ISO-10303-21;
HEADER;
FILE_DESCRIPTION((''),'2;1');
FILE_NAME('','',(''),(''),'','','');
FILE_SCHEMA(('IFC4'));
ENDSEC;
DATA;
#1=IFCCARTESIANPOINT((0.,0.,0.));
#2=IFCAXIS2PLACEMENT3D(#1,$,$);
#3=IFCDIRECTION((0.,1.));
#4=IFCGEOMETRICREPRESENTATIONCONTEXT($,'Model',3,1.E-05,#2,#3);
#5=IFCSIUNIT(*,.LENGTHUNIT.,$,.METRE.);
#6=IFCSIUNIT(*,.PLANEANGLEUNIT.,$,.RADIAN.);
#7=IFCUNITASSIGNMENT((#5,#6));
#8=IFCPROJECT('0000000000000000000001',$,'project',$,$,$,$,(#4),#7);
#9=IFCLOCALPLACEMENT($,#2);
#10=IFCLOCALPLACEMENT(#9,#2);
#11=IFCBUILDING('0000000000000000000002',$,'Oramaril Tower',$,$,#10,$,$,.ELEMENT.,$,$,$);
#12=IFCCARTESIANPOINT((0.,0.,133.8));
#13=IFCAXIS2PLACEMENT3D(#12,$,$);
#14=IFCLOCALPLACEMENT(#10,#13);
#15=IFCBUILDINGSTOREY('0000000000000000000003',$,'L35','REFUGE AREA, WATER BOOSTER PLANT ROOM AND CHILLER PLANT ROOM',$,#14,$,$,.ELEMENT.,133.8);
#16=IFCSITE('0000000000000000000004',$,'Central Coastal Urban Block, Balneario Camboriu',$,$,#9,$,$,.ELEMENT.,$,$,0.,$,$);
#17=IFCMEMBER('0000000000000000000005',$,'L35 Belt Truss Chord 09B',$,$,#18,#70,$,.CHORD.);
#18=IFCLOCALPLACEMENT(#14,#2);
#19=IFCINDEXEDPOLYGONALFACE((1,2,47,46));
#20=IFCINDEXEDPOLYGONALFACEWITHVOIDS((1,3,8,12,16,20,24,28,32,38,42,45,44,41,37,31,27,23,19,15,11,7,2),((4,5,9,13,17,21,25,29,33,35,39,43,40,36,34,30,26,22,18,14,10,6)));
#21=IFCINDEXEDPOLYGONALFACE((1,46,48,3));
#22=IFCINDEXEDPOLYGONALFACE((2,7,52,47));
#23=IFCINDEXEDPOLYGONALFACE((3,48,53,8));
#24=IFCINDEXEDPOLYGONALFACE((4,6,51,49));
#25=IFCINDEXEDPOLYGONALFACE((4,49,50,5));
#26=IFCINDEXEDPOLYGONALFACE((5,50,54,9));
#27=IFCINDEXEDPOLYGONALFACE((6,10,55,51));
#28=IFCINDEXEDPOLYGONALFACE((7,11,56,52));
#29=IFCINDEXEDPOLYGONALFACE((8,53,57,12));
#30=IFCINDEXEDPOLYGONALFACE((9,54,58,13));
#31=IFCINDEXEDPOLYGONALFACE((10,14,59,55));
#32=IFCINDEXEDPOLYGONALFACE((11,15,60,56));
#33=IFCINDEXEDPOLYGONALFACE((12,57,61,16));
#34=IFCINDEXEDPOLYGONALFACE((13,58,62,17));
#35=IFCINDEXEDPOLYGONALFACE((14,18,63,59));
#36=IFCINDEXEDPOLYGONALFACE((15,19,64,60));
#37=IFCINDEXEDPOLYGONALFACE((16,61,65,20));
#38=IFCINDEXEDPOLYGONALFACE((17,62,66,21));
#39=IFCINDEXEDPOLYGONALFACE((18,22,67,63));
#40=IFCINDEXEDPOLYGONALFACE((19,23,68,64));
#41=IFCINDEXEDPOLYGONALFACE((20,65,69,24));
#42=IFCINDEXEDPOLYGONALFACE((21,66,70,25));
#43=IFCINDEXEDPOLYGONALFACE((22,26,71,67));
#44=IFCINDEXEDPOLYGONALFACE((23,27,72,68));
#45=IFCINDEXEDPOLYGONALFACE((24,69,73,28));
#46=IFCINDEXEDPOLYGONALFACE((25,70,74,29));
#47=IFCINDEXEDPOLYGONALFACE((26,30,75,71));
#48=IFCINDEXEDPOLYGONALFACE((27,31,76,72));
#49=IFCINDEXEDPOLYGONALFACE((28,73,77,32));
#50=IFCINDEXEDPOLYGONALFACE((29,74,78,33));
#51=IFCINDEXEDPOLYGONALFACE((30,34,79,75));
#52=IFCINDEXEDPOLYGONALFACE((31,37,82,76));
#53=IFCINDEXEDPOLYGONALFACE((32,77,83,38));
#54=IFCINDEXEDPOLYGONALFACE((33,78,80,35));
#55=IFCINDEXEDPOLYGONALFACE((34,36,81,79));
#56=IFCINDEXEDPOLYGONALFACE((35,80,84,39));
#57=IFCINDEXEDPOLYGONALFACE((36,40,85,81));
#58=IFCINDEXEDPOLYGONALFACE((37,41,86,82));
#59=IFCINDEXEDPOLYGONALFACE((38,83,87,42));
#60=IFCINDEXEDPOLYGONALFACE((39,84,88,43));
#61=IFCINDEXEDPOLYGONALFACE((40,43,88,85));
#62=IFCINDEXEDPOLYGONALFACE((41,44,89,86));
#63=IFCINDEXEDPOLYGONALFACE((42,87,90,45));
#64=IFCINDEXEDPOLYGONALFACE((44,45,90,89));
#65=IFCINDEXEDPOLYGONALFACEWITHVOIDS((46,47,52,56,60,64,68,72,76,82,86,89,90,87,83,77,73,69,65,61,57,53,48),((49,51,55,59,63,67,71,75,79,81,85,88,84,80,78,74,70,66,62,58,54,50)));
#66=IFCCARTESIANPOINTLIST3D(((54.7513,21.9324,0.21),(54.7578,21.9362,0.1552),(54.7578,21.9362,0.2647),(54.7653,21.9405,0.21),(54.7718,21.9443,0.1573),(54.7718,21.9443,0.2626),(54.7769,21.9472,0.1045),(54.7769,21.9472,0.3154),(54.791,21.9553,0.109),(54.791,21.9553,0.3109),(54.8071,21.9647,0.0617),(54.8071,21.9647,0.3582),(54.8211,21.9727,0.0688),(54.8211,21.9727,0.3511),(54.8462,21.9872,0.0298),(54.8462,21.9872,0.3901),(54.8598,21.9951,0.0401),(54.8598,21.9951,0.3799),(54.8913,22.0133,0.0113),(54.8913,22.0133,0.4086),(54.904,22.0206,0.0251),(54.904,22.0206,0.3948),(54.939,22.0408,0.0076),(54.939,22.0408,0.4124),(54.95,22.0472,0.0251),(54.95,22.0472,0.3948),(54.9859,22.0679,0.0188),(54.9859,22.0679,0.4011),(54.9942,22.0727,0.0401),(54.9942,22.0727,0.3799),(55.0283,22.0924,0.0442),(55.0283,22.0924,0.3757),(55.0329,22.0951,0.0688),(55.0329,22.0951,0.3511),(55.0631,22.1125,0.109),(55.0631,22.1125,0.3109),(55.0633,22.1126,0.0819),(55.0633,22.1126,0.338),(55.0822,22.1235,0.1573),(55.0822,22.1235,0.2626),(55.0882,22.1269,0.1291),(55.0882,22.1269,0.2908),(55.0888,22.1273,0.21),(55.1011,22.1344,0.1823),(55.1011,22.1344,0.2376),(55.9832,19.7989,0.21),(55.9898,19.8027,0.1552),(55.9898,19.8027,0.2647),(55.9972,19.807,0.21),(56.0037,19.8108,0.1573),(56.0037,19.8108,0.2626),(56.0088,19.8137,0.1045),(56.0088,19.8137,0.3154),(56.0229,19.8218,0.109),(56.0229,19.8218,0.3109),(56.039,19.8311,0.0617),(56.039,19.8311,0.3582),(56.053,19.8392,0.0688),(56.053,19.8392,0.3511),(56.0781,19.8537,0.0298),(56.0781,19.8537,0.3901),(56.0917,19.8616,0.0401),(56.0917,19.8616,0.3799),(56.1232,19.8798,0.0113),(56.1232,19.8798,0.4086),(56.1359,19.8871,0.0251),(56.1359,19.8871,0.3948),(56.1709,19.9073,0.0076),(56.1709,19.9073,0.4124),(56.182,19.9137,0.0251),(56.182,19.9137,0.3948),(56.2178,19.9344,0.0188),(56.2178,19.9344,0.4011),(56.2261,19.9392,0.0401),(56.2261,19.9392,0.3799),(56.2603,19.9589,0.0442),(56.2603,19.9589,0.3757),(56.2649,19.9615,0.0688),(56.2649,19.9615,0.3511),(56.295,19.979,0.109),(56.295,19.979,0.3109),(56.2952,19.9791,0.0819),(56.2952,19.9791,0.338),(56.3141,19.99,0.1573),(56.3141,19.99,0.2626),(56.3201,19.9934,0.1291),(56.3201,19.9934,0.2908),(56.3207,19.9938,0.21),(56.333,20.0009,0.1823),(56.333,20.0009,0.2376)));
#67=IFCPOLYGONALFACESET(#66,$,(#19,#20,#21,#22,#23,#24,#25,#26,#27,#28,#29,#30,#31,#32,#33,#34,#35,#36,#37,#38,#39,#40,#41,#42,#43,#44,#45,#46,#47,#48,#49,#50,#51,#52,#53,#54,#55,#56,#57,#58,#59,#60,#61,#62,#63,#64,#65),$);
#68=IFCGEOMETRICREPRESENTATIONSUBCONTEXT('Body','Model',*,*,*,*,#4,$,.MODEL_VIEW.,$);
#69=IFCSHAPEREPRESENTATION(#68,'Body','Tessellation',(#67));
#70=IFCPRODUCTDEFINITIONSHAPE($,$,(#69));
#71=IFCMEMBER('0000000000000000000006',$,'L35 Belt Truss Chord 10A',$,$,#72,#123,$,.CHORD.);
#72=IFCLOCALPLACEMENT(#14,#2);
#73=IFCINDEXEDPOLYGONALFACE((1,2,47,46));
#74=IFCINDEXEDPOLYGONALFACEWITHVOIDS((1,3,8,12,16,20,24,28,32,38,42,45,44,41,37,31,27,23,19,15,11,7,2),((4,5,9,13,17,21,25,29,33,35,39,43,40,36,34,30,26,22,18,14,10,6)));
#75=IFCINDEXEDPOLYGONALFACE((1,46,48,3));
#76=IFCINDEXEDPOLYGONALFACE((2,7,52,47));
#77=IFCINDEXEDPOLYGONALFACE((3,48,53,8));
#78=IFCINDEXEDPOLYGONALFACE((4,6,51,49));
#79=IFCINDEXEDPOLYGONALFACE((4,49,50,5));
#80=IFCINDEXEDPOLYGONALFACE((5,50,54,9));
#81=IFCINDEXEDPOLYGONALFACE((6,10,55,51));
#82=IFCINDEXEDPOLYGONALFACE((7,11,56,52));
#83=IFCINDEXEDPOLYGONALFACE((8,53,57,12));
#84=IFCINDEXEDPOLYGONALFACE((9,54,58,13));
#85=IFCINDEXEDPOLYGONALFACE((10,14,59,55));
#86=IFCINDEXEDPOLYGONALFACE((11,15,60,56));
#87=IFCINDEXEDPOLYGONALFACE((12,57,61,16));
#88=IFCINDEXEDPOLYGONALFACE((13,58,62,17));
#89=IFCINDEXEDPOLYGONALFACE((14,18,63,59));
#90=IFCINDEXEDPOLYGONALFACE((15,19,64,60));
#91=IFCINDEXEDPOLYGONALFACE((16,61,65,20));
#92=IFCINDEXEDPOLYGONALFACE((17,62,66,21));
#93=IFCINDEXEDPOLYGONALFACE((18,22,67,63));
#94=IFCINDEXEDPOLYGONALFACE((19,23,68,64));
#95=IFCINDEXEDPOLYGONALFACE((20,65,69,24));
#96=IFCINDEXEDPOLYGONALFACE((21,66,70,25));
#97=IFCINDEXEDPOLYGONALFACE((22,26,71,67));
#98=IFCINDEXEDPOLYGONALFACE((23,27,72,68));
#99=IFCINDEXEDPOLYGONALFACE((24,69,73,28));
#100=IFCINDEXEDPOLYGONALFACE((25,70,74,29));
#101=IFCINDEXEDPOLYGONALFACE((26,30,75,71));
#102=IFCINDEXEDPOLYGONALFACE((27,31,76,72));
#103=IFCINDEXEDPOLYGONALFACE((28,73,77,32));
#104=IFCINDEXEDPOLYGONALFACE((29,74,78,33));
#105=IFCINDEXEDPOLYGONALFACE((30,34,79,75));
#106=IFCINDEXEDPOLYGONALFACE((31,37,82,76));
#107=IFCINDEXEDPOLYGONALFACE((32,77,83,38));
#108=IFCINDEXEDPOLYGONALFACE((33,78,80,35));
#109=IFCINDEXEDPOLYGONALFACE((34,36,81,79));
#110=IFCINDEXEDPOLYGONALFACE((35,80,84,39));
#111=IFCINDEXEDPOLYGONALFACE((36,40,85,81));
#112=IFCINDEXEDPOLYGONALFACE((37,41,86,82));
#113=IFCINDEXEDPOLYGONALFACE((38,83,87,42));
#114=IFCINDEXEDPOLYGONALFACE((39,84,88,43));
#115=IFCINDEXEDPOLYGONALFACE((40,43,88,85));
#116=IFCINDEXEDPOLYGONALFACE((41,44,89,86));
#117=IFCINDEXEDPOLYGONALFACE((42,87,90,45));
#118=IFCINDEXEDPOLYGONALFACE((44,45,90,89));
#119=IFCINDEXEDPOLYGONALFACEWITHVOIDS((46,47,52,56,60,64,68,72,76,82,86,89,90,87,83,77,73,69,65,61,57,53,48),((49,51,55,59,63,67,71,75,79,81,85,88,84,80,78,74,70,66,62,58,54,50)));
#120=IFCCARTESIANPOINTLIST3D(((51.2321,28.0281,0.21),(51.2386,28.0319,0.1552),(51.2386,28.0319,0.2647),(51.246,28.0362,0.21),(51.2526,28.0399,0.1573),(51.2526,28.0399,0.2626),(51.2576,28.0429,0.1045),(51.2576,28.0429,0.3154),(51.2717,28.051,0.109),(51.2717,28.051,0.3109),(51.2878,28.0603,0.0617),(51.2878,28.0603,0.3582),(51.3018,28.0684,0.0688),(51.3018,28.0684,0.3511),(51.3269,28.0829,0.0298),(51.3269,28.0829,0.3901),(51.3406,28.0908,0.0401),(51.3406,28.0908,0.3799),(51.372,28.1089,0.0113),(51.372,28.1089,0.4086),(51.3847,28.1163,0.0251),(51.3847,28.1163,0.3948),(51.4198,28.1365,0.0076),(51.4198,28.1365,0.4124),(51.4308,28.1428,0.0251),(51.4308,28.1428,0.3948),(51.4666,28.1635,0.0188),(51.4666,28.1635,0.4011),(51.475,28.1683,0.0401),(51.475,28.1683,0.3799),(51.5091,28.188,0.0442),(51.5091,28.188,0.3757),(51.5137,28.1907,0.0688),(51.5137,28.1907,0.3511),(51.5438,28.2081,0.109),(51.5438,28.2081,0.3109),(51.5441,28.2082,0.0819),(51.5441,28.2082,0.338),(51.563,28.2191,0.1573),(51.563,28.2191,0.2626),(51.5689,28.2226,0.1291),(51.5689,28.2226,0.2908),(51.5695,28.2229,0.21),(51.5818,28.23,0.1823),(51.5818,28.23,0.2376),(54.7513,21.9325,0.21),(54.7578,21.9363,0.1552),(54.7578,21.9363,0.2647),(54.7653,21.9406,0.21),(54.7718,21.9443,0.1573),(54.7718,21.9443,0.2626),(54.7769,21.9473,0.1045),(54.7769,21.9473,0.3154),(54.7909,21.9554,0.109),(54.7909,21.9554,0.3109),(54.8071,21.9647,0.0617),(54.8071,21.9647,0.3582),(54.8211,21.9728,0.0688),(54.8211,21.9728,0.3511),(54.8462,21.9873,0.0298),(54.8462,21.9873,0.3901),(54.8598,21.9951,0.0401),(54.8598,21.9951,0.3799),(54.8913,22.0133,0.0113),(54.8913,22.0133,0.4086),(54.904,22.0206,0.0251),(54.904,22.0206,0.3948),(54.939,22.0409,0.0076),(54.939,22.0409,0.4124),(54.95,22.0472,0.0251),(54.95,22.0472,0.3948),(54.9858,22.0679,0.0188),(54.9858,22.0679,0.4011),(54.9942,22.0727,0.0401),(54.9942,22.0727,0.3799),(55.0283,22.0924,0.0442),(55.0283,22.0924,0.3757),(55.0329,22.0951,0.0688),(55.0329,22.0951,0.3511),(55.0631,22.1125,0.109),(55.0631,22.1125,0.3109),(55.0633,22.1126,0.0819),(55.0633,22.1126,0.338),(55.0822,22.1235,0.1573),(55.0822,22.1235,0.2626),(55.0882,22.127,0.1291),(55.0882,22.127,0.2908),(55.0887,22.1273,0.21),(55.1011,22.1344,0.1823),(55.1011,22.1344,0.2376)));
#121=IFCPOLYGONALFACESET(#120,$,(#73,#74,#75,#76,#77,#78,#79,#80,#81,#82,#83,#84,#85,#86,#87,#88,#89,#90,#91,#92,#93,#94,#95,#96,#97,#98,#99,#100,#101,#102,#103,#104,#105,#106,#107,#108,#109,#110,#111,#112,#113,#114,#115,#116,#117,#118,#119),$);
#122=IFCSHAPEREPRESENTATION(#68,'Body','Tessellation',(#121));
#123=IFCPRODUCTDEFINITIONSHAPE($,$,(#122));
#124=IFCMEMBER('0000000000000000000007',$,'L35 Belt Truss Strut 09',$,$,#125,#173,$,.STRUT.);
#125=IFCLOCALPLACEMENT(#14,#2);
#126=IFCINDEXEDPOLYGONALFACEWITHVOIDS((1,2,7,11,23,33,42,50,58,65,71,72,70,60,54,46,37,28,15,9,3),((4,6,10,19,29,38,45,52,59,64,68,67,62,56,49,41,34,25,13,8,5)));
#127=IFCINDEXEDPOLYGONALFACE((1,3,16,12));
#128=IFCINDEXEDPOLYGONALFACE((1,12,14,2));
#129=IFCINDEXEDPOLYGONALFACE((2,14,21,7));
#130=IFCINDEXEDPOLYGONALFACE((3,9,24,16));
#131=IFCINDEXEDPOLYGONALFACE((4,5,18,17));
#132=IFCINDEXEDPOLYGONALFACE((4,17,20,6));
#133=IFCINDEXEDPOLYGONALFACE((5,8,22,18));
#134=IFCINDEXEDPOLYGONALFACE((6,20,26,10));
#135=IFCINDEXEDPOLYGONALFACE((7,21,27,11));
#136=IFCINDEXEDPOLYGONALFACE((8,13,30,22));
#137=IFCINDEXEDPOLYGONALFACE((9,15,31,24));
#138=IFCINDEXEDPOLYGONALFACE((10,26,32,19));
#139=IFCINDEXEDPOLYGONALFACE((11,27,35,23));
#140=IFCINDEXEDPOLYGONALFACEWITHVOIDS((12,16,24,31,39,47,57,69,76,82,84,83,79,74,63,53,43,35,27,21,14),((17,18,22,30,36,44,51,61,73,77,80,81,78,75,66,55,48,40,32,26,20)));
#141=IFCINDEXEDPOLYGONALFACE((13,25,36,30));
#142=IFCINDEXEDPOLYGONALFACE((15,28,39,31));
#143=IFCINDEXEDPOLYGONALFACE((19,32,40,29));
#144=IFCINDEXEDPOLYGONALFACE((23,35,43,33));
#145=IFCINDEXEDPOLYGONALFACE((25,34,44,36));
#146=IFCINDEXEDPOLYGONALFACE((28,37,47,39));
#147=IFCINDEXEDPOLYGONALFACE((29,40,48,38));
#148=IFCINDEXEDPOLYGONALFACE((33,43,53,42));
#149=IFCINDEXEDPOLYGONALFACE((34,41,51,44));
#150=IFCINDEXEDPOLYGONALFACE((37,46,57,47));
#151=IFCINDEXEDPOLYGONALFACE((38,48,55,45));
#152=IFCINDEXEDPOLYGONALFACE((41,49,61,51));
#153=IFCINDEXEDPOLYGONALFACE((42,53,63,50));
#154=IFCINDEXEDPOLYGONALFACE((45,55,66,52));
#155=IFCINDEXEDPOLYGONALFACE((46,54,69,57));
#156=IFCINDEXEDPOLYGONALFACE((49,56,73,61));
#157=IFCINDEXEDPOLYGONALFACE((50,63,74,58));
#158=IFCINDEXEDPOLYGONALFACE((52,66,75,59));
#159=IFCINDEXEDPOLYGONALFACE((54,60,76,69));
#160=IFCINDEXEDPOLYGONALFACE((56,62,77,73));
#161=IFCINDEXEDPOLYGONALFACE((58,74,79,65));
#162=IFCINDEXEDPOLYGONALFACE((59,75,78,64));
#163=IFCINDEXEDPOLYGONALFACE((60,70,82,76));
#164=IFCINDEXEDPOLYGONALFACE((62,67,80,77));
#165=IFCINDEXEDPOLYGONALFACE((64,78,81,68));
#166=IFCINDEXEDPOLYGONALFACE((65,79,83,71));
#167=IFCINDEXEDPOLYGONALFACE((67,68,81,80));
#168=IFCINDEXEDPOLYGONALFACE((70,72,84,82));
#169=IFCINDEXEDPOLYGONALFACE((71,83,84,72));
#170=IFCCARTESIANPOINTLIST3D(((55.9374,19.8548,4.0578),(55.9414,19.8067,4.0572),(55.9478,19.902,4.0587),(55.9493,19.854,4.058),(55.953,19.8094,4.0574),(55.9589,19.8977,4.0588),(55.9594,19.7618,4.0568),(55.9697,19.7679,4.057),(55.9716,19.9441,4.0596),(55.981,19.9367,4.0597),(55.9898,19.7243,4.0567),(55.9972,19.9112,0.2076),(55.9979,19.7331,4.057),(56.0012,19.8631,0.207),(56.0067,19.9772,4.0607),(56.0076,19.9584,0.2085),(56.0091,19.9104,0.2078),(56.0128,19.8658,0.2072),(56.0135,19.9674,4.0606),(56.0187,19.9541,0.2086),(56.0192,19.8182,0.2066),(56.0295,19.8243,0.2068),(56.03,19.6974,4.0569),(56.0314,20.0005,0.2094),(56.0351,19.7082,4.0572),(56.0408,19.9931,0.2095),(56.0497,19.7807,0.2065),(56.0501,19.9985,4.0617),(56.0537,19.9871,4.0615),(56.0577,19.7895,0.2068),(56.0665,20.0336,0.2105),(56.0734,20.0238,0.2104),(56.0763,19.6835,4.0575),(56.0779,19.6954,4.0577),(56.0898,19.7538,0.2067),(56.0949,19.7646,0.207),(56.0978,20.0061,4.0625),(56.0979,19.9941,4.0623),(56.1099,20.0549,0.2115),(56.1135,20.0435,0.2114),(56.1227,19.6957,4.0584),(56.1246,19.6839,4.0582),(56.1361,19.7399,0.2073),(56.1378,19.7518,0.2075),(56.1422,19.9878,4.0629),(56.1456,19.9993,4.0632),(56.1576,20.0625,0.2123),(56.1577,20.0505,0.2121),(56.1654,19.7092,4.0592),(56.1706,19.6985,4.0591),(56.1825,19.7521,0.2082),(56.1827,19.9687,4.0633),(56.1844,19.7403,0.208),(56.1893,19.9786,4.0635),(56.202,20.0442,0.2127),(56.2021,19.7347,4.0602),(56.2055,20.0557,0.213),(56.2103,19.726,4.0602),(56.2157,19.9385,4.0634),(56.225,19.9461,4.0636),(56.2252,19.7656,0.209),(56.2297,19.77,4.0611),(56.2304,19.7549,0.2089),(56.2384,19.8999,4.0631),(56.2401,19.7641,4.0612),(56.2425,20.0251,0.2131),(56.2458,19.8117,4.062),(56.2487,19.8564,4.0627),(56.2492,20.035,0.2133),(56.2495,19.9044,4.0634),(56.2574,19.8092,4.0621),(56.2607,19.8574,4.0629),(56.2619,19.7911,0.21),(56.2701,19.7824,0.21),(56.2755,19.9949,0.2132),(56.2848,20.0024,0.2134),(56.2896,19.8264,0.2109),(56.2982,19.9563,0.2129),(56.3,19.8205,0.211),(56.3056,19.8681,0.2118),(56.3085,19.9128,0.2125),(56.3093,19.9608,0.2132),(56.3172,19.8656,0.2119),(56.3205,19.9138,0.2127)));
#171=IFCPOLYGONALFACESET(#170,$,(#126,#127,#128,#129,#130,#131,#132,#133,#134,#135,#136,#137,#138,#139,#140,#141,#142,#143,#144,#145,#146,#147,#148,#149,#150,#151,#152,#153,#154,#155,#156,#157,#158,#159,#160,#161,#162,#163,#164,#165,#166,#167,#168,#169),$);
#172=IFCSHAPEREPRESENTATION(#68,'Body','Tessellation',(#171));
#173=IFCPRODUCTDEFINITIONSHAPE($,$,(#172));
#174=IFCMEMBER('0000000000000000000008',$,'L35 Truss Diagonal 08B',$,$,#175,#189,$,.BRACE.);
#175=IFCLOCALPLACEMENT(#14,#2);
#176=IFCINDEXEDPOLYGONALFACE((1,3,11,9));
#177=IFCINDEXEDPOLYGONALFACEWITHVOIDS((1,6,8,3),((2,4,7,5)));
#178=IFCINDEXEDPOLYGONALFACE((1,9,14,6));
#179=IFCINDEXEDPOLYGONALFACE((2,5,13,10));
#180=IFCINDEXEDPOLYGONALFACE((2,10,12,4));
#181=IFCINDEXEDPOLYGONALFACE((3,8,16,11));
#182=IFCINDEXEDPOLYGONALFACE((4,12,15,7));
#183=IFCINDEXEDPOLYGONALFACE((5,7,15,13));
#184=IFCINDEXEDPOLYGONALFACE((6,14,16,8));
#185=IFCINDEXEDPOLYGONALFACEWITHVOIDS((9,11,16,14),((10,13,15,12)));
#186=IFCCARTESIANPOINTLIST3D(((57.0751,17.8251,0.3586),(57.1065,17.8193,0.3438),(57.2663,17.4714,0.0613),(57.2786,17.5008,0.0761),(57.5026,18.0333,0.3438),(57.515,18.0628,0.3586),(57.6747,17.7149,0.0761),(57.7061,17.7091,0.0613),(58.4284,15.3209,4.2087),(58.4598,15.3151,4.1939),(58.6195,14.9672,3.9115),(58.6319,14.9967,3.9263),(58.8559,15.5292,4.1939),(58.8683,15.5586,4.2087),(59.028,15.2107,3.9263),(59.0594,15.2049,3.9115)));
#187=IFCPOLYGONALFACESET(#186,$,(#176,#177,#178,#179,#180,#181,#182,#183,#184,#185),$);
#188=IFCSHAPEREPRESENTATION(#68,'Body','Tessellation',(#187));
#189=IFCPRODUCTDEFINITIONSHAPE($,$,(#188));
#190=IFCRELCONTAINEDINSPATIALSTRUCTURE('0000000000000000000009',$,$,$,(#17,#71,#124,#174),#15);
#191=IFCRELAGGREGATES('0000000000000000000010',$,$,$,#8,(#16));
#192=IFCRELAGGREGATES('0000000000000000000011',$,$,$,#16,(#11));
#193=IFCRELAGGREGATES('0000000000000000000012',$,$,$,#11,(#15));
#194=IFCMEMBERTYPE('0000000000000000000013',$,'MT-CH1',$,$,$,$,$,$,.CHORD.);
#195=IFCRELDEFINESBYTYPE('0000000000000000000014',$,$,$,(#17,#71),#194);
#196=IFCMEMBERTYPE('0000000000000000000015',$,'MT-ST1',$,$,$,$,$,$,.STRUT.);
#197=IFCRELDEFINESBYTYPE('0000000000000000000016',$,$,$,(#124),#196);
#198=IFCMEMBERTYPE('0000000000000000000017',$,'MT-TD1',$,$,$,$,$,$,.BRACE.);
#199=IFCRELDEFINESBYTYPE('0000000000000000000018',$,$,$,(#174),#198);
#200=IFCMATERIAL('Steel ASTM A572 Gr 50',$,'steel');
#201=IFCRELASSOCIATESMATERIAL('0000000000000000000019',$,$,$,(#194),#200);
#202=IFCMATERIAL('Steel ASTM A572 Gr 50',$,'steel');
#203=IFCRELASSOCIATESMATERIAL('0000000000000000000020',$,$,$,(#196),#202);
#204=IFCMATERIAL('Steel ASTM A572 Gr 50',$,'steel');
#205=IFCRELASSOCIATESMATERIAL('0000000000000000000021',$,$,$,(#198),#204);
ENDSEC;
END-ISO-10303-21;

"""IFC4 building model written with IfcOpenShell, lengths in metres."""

from ifc_helpers import new_model, si_unit, direction, frame, origin, origin_2d, place, context, subcontext, project, spatial, hollow_rectangle, hollow_circle, extrude, material, material_profile, profile_set, type_object, element, save


model = new_model("IFC4")

# Units and contexts
model_context = context("Model", 3, precision=1e-05, world=origin(), true_north=direction((0.0, 1.0)))
body_context = subcontext(model_context, "Body", "Model", "MODEL_VIEW")
ifc_project = project(units=[si_unit("LENGTHUNIT", "METRE"), si_unit("PLANEANGLEUNIT", "RADIAN")], contexts=[model_context])

# Site, building, storey
site_placement = place(None, origin())
site = spatial("IfcSite", under=ifc_project, at=site_placement, Name="Central Coastal Urban Block, Balneario Camboriu", CompositionType="ELEMENT", RefElevation=0.0)
building_placement = place(site_placement, origin())
building = spatial("IfcBuilding", under=site, at=building_placement, Name="Oramaril Tower", CompositionType="ELEMENT")
storey_placement = place(building_placement, frame((0.0, 0.0, 133.8)))
storey = spatial("IfcBuildingStorey", under=building, at=storey_placement, Name="L35", Description="REFUGE AREA, WATER BOOSTER PLANT ROOM AND CHILLER PLANT ROOM", CompositionType="ELEMENT", Elevation=133.8)

# Members
ifc_material_1 = material(Name="Steel ASTM A572 Gr 50", Category="steel")
ifc_material_profile_1 = material_profile(ifc_material_1, hollow_circle(Radius=0.2029, WallThickness=0.0161, at=origin_2d()), Name="CHS406X16")
ifc_profile_set_1 = profile_set([ifc_material_profile_1], Name="Steel ASTM A572 Gr 50")
member_type_1 = type_object("IfcMemberType", Name="MT-CH1", PredefinedType="CHORD", material=ifc_profile_set_1)
member_1_placement = place(storey_placement, frame((56.1589, 19.9004, 0.21), z_axis=(-0.50004, 0.866002, 0.0), x_axis=(-0.866002, -0.50004, 0.0)))
element("IfcMember", 1, at=member_1_placement, inside=storey, type_object=member_type_1, Name="L35 Belt Truss Chord 09B", PredefinedType="CHORD", context=body_context, shape_type="SweptSolid", body=[
    extrude(hollow_circle(Radius=0.2029, WallThickness=0.0161, at=origin_2d()), origin(), (0.0, 0.0, 1.0), 2.4636),
])
member_2_placement = place(storey_placement, frame((54.927, 22.0339, 0.21), z_axis=(-0.499993, 0.86603, 0.0), x_axis=(-0.86603, -0.499993, 0.0)))
element("IfcMember", 2, at=member_2_placement, inside=storey, type_object=member_type_1, Name="L35 Belt Truss Chord 10A", PredefinedType="CHORD", context=body_context, shape_type="SweptSolid", body=[
    extrude(hollow_circle(Radius=0.2029, WallThickness=0.0161, at=origin_2d()), origin(), (0.0, 0.0, 1.0), 7.0386),
])
ifc_material_2 = material(Name="Steel ASTM A572 Gr 50", Category="steel")
ifc_material_profile_2 = material_profile(ifc_material_2, hollow_circle(Radius=0.1621, WallThickness=0.012, at=origin_2d()), Name="CHS324X12")
ifc_profile_set_2 = profile_set([ifc_material_profile_2], Name="Steel ASTM A572 Gr 50")
member_type_2 = type_object("IfcMemberType", Name="MT-ST1", PredefinedType="STRUT", material=ifc_profile_set_2)
member_3_placement = place(storey_placement, frame((56.1589, 19.9004, 0.21), z_axis=(-0.015532, -0.014645, 0.999772), x_axis=(0.686013, -0.727589, 0.0)))
element("IfcMember", 3, at=member_3_placement, inside=storey, type_object=member_type_2, Name="L35 Belt Truss Strut 09", PredefinedType="STRUT", context=body_context, shape_type="SweptSolid", body=[
    extrude(hollow_circle(Radius=0.1621, WallThickness=0.012, at=origin_2d()), origin(), (0.0, 0.0, 1.0), 3.8511),
])
ifc_material_3 = material(Name="Steel ASTM A572 Gr 50", Category="steel")
ifc_material_profile_3 = material_profile(ifc_material_3, hollow_rectangle(XDim=0.5, YDim=0.5, WallThickness=0.0249, at=origin_2d()), Name="HSS500X500X25")
ifc_profile_set_3 = profile_set([ifc_material_profile_3], Name="Steel ASTM A572 Gr 50")
member_type_3 = type_object("IfcMemberType", Name="MT-TD1", PredefinedType="BRACE", material=ifc_profile_set_3)
member_4_placement = place(storey_placement, frame((57.3906, 17.7671, 0.21), z_axis=(0.282636, -0.523001, 0.804107), x_axis=(0.879754, 0.475429, 0.0)))
element("IfcMember", 4, at=member_4_placement, inside=storey, type_object=member_type_3, Name="L35 Truss Diagonal 08B", PredefinedType="BRACE", context=body_context, shape_type="SweptSolid", body=[
    extrude(hollow_rectangle(XDim=0.5, YDim=0.5, WallThickness=0.0249, at=origin_2d()), origin(), (0.0, 0.0, 1.0), 4.7881),
])

save(model, "model.ifc")
